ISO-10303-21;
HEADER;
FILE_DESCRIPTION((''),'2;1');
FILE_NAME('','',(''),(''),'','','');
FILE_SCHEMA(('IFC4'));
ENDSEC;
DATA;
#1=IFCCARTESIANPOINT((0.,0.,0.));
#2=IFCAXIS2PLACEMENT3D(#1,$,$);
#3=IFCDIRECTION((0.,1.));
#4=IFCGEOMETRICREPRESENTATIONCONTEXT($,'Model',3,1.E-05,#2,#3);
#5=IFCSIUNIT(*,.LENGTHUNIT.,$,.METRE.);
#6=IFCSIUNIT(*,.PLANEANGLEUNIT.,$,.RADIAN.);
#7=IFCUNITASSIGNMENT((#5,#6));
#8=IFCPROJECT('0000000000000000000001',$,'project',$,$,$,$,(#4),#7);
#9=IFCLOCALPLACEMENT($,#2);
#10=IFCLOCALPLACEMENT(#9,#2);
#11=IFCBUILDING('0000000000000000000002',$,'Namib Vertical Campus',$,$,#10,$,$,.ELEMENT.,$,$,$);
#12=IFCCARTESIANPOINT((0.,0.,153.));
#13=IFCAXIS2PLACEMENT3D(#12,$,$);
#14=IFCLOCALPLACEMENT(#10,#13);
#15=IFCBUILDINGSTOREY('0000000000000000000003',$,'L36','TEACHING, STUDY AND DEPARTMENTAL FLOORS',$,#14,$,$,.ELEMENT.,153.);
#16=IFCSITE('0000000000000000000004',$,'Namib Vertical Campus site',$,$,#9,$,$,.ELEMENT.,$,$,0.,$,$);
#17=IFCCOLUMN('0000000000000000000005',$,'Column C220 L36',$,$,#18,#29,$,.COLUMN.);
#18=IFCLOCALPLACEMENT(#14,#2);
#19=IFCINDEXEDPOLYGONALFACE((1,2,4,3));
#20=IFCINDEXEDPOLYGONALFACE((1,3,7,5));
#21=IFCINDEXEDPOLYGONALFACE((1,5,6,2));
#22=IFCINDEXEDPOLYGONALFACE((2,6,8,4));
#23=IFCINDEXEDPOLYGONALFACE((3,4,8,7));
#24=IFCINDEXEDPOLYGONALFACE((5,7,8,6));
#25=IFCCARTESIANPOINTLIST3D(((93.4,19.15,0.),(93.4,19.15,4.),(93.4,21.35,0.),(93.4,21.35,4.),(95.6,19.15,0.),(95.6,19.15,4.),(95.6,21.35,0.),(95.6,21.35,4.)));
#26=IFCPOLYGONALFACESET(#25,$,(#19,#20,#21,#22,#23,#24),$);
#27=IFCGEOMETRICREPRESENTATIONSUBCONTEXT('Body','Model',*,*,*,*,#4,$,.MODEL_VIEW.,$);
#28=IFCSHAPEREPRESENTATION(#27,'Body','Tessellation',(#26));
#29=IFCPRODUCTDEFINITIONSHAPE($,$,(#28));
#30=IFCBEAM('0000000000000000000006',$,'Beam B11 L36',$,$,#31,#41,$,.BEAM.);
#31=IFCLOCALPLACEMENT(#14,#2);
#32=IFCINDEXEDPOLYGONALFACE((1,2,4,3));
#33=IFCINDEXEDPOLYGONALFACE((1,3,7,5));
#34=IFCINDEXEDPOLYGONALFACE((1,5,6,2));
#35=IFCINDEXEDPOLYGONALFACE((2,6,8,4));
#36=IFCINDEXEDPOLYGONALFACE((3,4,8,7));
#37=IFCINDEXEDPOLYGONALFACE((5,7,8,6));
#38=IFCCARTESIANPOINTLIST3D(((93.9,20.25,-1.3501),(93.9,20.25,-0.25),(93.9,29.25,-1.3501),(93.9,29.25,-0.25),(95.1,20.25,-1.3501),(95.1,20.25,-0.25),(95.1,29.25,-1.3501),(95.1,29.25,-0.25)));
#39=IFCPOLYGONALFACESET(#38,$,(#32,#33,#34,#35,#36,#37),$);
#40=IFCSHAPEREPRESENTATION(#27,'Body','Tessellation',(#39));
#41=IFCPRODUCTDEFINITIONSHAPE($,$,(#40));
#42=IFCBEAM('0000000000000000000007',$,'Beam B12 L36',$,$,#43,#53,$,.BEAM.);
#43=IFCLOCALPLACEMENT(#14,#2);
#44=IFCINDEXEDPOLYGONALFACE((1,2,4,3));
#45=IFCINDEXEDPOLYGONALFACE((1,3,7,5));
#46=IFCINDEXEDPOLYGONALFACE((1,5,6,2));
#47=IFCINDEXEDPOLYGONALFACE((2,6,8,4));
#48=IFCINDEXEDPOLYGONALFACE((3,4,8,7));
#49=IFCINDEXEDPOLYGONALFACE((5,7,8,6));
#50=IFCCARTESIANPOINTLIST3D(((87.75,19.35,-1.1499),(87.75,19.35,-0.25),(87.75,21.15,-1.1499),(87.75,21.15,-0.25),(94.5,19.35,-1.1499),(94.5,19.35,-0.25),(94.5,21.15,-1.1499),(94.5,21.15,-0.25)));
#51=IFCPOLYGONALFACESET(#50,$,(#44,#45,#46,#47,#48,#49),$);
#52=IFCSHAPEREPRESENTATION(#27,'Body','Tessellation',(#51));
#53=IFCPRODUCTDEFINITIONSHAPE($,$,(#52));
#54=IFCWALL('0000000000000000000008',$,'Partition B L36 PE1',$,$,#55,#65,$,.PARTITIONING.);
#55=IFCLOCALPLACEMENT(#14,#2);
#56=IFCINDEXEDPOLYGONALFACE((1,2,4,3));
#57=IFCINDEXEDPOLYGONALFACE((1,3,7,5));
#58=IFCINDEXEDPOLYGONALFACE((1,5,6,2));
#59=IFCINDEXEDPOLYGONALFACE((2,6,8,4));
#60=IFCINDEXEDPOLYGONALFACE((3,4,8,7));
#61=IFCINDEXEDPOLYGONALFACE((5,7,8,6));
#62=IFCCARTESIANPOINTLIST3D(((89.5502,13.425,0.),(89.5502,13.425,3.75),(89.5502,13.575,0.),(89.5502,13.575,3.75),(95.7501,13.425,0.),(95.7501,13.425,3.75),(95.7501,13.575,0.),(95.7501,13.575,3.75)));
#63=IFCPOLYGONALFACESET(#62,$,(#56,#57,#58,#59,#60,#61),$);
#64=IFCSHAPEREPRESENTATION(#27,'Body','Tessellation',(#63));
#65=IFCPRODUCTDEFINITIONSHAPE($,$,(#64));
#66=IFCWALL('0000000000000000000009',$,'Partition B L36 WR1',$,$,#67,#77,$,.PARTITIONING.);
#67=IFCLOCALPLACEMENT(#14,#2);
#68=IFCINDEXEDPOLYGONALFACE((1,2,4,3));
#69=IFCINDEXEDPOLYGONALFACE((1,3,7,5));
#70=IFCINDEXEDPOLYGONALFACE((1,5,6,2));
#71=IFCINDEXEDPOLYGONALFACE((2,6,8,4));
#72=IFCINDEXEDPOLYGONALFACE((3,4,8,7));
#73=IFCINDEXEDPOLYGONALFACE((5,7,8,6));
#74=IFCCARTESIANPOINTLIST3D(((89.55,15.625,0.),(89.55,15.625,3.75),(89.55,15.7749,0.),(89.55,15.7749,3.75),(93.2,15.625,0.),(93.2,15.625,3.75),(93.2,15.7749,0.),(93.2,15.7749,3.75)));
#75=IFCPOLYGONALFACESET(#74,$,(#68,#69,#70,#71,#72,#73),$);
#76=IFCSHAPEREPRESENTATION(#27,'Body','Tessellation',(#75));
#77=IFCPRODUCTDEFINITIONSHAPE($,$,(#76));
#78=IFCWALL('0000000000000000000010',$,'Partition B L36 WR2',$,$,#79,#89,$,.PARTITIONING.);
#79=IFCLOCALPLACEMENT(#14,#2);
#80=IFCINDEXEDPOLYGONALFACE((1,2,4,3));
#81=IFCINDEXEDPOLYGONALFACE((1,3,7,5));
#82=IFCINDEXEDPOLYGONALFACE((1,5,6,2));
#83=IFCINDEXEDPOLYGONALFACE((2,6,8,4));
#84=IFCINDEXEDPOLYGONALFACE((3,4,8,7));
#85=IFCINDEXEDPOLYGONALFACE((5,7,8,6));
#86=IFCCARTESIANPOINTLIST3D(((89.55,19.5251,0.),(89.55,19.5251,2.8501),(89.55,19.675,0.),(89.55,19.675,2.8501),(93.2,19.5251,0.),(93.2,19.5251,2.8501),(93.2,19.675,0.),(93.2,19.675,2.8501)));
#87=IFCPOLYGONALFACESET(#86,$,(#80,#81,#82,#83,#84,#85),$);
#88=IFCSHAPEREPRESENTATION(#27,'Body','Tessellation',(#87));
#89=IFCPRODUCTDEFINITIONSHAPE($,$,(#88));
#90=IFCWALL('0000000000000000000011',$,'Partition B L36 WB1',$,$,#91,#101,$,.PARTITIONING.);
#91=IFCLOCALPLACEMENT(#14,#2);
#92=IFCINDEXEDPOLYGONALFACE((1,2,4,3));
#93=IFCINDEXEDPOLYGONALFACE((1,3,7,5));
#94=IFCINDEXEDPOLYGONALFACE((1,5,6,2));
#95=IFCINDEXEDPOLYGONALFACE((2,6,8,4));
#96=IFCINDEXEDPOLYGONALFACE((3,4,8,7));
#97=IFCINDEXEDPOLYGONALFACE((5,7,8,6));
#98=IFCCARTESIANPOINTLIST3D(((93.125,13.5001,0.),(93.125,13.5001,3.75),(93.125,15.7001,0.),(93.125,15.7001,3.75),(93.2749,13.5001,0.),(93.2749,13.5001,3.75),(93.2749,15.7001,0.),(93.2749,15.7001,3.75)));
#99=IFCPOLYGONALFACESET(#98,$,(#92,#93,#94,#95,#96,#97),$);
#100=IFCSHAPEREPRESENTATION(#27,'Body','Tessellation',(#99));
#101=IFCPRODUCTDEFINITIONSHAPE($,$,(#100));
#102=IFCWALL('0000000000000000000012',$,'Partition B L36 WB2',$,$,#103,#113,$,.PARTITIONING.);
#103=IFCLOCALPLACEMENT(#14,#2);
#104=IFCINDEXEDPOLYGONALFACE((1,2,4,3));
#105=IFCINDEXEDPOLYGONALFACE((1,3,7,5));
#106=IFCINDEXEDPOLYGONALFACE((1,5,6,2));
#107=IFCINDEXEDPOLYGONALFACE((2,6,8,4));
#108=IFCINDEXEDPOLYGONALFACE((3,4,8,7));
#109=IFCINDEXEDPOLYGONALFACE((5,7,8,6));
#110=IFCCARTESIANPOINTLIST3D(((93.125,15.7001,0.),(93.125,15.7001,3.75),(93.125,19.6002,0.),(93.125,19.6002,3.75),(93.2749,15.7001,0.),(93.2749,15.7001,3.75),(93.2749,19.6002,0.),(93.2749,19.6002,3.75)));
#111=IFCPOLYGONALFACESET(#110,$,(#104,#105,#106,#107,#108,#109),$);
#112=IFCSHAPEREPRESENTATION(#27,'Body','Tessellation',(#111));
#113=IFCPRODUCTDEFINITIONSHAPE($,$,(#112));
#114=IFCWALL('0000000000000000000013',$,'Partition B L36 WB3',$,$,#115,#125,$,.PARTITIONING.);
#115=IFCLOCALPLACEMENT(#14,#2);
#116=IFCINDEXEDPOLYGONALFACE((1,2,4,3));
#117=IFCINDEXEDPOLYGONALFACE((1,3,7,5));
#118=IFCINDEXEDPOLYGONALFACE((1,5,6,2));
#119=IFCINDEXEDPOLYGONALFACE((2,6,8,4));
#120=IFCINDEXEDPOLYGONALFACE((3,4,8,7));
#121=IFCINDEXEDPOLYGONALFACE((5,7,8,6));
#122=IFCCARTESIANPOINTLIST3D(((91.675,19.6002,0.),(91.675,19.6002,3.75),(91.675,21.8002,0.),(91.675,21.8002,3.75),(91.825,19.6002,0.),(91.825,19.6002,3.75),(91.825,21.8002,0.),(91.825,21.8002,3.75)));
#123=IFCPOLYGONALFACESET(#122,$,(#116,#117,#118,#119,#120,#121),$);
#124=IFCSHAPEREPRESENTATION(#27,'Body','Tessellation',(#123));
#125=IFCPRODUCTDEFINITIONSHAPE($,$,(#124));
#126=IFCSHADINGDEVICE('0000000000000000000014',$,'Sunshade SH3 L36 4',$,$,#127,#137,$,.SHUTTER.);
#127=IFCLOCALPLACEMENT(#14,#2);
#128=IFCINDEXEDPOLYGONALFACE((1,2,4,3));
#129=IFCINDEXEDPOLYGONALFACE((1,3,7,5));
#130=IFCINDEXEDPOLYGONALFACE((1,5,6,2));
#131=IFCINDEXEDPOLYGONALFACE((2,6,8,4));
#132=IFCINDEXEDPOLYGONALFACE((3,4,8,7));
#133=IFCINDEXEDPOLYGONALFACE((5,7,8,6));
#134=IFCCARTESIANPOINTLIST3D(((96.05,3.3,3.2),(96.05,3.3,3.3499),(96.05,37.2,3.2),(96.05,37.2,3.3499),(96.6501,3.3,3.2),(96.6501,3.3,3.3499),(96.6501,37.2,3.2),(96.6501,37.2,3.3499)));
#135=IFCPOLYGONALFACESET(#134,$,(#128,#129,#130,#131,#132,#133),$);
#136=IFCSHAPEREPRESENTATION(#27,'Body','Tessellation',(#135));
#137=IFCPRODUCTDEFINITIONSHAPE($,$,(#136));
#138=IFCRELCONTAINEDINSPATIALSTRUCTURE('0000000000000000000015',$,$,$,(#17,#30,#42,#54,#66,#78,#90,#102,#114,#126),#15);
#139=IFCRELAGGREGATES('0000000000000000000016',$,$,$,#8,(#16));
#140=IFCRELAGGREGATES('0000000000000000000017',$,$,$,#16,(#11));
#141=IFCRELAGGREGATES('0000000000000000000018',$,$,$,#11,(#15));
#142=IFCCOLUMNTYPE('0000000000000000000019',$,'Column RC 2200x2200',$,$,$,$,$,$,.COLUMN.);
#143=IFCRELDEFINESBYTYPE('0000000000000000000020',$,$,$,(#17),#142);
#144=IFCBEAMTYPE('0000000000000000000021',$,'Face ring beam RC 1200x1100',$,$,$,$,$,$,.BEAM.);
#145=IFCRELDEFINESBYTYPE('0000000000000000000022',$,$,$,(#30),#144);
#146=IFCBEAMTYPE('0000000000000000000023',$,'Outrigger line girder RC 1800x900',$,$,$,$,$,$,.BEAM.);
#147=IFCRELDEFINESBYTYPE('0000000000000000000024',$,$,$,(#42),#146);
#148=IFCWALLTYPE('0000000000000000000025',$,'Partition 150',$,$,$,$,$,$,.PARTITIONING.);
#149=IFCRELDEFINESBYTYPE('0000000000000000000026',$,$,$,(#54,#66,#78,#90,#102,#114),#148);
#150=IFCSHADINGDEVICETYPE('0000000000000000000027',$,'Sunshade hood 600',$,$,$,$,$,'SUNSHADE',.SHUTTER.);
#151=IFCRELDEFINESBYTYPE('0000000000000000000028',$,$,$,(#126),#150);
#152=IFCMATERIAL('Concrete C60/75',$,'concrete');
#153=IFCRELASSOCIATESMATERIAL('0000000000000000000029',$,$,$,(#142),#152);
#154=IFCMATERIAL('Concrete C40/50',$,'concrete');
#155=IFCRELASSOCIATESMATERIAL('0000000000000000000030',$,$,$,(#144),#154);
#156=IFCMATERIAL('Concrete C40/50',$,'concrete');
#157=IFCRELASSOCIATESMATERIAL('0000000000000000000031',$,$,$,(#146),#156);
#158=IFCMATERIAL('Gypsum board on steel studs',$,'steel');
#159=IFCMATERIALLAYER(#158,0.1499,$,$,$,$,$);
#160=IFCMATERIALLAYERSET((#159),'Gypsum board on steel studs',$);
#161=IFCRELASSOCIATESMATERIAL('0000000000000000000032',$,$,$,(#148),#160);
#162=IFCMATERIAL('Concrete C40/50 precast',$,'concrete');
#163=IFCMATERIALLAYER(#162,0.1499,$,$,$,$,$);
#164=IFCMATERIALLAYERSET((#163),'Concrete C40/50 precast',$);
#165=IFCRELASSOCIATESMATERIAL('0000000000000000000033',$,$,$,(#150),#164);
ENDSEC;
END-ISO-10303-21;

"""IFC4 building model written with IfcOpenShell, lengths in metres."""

from ifc_helpers import new_model, si_unit, direction, frame, frame_2d, origin, origin_2d, place, context, subcontext, project, spatial, rectangle, extrude, material, layer, layer_set, material_profile, profile_set, type_object, element, save


model = new_model("IFC4")

# Units and contexts
model_context = context("Model", 3, precision=1e-05, world=origin(), true_north=direction((0.0, 1.0)))
body_context = subcontext(model_context, "Body", "Model", "MODEL_VIEW")
ifc_project = project(units=[si_unit("LENGTHUNIT", "METRE"), si_unit("PLANEANGLEUNIT", "RADIAN")], contexts=[model_context])

# Site, building, storey
site_placement = place(None, origin())
site = spatial("IfcSite", under=ifc_project, at=site_placement, Name="Namib Vertical Campus site", CompositionType="ELEMENT", RefElevation=0.0)
building_placement = place(site_placement, origin())
building = spatial("IfcBuilding", under=site, at=building_placement, Name="Namib Vertical Campus", CompositionType="ELEMENT")
storey_placement = place(building_placement, frame((0.0, 0.0, 153.0)))
storey = spatial("IfcBuildingStorey", under=building, at=storey_placement, Name="L36", Description="TEACHING, STUDY AND DEPARTMENTAL FLOORS", CompositionType="ELEMENT", Elevation=153.0)

# Column
ifc_material_1 = material(Name="Concrete C60/75", Category="concrete")
ifc_material_profile_1 = material_profile(ifc_material_1, rectangle(XDim=2.2, YDim=2.2, at=origin_2d()))
ifc_profile_set_1 = profile_set([ifc_material_profile_1], Name="Concrete C60/75")
column_type = type_object("IfcColumnType", Name="Column RC 2200x2200", PredefinedType="COLUMN", material=ifc_profile_set_1)
column_placement = place(storey_placement, frame((94.5, 20.25, 0.0), z_axis=(0.0, 0.0, 1.0), x_axis=(1.0, 0.0, 0.0)))
element("IfcColumn", 1, at=column_placement, inside=storey, type_object=column_type, Name="Column C220 L36", PredefinedType="COLUMN", context=body_context, shape_type="SweptSolid", body=[
    extrude(rectangle(XDim=2.2, YDim=2.2, at=origin_2d()), origin(), (0.0, 0.0, 1.0), 4.0),
])

# Beams
ifc_material_2 = material(Name="Concrete C40/50", Category="concrete")
ifc_material_profile_2 = material_profile(ifc_material_2, rectangle(XDim=1.2, YDim=1.1001, at=origin_2d()))
ifc_profile_set_2 = profile_set([ifc_material_profile_2], Name="Concrete C40/50")
beam_type_1 = type_object("IfcBeamType", Name="Face ring beam RC 1200x1100", PredefinedType="BEAM", material=ifc_profile_set_2)
beam_1_placement = place(storey_placement, frame((94.5, 20.25, -0.8), z_axis=(0.0, 1.0, 0.0), x_axis=(-1.0, 0.0, 0.0)))
element("IfcBeam", 2, at=beam_1_placement, inside=storey, type_object=beam_type_1, Name="Beam B11 L36", PredefinedType="BEAM", context=body_context, shape_type="SweptSolid", body=[
    extrude(rectangle(XDim=1.2, YDim=1.1001, at=origin_2d()), origin(), (0.0, 0.0, 1.0), 9.0),
])
ifc_material_3 = material(Name="Concrete C40/50", Category="concrete")
ifc_material_profile_3 = material_profile(ifc_material_3, rectangle(XDim=1.8, YDim=0.8999, at=origin_2d()))
ifc_profile_set_3 = profile_set([ifc_material_profile_3], Name="Concrete C40/50")
beam_type_2 = type_object("IfcBeamType", Name="Outrigger line girder RC 1800x900", PredefinedType="BEAM", material=ifc_profile_set_3)
beam_2_placement = place(storey_placement, frame((94.5, 20.25, -0.7), z_axis=(-1.0, 0.0, 0.0), x_axis=(0.0, -1.0, 0.0)))
element("IfcBeam", 3, at=beam_2_placement, inside=storey, type_object=beam_type_2, Name="Beam B12 L36", PredefinedType="BEAM", context=body_context, shape_type="SweptSolid", body=[
    extrude(rectangle(XDim=1.8, YDim=0.8999, at=origin_2d()), origin(), (0.0, 0.0, 1.0), 6.75),
])

# Walls
ifc_material_4 = material(Name="Gypsum board on steel studs", Category="steel")
ifc_layer_1 = layer(ifc_material_4, 0.1499)
ifc_layer_set_1 = layer_set([ifc_layer_1], Name="Gypsum board on steel studs")
wall_type = type_object("IfcWallType", Name="Partition 150", PredefinedType="PARTITIONING", material=ifc_layer_set_1)
wall_1_placement = place(storey_placement, frame((89.55, 13.5, 0.0), z_axis=(0.0, 0.0, 1.0), x_axis=(1.0, 0.0, 0.0)))
element("IfcWall", 4, at=wall_1_placement, inside=storey, type_object=wall_type, Name="Partition B L36 PE1", PredefinedType="PARTITIONING", context=body_context, shape_type="SweptSolid", body=[
    extrude(rectangle(XDim=6.2, YDim=0.1499, at=frame_2d((3.1001, 0.0))), origin(), (0.0, 0.0, 1.0), 3.75),
])
wall_2_placement = place(storey_placement, frame((89.55, 15.7, 0.0), z_axis=(0.0, 0.0, 1.0), x_axis=(1.0, 0.0, 0.0)))
element("IfcWall", 5, at=wall_2_placement, inside=storey, type_object=wall_type, Name="Partition B L36 WR1", PredefinedType="PARTITIONING", context=body_context, shape_type="SweptSolid", body=[
    extrude(rectangle(XDim=3.6499, YDim=0.1499, at=frame_2d((1.825, 0.0))), origin(), (0.0, 0.0, 1.0), 3.75),
])
wall_3_placement = place(storey_placement, frame((89.55, 19.6001, 0.0), z_axis=(0.0, 0.0, 1.0), x_axis=(1.0, 0.0, 0.0)))
element("IfcWall", 6, at=wall_3_placement, inside=storey, type_object=wall_type, Name="Partition B L36 WR2", PredefinedType="PARTITIONING", context=body_context, shape_type="SweptSolid", body=[
    extrude(rectangle(XDim=3.6499, YDim=0.1499, at=frame_2d((1.825, 0.0))), origin(), (0.0, 0.0, 1.0), 2.8501),
])
wall_4_placement = place(storey_placement, frame((93.2, 13.5, 0.0), z_axis=(0.0, 0.0, 1.0), x_axis=(0.0, 1.0, 0.0)))
element("IfcWall", 7, at=wall_4_placement, inside=storey, type_object=wall_type, Name="Partition B L36 WB1", PredefinedType="PARTITIONING", context=body_context, shape_type="SweptSolid", body=[
    extrude(rectangle(XDim=2.2, YDim=0.1499, at=frame_2d((1.1001, 0.0))), origin(), (0.0, 0.0, 1.0), 3.75),
])
wall_5_placement = place(storey_placement, frame((93.2, 15.7, 0.0), z_axis=(0.0, 0.0, 1.0), x_axis=(0.0, 1.0, 0.0)))
element("IfcWall", 8, at=wall_5_placement, inside=storey, type_object=wall_type, Name="Partition B L36 WB2", PredefinedType="PARTITIONING", context=body_context, shape_type="SweptSolid", body=[
    extrude(rectangle(XDim=3.9001, YDim=0.1499, at=frame_2d((1.9502, 0.0))), origin(), (0.0, 0.0, 1.0), 3.75),
])
wall_6_placement = place(storey_placement, frame((91.75, 19.6001, 0.0), z_axis=(0.0, 0.0, 1.0), x_axis=(0.0, 1.0, 0.0)))
element("IfcWall", 9, at=wall_6_placement, inside=storey, type_object=wall_type, Name="Partition B L36 WB3", PredefinedType="PARTITIONING", context=body_context, shape_type="SweptSolid", body=[
    extrude(rectangle(XDim=2.2, YDim=0.1499, at=frame_2d((1.1001, 0.0))), origin(), (0.0, 0.0, 1.0), 3.75),
])

# Shading device
ifc_material_5 = material(Name="Concrete C40/50 precast", Category="concrete")
ifc_layer_2 = layer(ifc_material_5, 0.1499)
ifc_layer_set_2 = layer_set([ifc_layer_2], Name="Concrete C40/50 precast")
shading_device_type = type_object("IfcShadingDeviceType", Name="Sunshade hood 600", ElementType="SUNSHADE", PredefinedType="SHUTTER", material=ifc_layer_set_2)
shading_device_placement = place(storey_placement, frame((96.3501, 20.25, 3.2), z_axis=(0.0, 0.0, 1.0), x_axis=(0.0, 1.0, 0.0)))
element("IfcShadingDevice", 10, at=shading_device_placement, inside=storey, type_object=shading_device_type, Name="Sunshade SH3 L36 4", PredefinedType="SHUTTER", context=body_context, shape_type="SweptSolid", body=[
    extrude(rectangle(XDim=33.8999, YDim=0.6001, at=origin_2d()), origin(), (0.0, 0.0, 1.0), 0.1499),
])

save(model, "model.ifc")
